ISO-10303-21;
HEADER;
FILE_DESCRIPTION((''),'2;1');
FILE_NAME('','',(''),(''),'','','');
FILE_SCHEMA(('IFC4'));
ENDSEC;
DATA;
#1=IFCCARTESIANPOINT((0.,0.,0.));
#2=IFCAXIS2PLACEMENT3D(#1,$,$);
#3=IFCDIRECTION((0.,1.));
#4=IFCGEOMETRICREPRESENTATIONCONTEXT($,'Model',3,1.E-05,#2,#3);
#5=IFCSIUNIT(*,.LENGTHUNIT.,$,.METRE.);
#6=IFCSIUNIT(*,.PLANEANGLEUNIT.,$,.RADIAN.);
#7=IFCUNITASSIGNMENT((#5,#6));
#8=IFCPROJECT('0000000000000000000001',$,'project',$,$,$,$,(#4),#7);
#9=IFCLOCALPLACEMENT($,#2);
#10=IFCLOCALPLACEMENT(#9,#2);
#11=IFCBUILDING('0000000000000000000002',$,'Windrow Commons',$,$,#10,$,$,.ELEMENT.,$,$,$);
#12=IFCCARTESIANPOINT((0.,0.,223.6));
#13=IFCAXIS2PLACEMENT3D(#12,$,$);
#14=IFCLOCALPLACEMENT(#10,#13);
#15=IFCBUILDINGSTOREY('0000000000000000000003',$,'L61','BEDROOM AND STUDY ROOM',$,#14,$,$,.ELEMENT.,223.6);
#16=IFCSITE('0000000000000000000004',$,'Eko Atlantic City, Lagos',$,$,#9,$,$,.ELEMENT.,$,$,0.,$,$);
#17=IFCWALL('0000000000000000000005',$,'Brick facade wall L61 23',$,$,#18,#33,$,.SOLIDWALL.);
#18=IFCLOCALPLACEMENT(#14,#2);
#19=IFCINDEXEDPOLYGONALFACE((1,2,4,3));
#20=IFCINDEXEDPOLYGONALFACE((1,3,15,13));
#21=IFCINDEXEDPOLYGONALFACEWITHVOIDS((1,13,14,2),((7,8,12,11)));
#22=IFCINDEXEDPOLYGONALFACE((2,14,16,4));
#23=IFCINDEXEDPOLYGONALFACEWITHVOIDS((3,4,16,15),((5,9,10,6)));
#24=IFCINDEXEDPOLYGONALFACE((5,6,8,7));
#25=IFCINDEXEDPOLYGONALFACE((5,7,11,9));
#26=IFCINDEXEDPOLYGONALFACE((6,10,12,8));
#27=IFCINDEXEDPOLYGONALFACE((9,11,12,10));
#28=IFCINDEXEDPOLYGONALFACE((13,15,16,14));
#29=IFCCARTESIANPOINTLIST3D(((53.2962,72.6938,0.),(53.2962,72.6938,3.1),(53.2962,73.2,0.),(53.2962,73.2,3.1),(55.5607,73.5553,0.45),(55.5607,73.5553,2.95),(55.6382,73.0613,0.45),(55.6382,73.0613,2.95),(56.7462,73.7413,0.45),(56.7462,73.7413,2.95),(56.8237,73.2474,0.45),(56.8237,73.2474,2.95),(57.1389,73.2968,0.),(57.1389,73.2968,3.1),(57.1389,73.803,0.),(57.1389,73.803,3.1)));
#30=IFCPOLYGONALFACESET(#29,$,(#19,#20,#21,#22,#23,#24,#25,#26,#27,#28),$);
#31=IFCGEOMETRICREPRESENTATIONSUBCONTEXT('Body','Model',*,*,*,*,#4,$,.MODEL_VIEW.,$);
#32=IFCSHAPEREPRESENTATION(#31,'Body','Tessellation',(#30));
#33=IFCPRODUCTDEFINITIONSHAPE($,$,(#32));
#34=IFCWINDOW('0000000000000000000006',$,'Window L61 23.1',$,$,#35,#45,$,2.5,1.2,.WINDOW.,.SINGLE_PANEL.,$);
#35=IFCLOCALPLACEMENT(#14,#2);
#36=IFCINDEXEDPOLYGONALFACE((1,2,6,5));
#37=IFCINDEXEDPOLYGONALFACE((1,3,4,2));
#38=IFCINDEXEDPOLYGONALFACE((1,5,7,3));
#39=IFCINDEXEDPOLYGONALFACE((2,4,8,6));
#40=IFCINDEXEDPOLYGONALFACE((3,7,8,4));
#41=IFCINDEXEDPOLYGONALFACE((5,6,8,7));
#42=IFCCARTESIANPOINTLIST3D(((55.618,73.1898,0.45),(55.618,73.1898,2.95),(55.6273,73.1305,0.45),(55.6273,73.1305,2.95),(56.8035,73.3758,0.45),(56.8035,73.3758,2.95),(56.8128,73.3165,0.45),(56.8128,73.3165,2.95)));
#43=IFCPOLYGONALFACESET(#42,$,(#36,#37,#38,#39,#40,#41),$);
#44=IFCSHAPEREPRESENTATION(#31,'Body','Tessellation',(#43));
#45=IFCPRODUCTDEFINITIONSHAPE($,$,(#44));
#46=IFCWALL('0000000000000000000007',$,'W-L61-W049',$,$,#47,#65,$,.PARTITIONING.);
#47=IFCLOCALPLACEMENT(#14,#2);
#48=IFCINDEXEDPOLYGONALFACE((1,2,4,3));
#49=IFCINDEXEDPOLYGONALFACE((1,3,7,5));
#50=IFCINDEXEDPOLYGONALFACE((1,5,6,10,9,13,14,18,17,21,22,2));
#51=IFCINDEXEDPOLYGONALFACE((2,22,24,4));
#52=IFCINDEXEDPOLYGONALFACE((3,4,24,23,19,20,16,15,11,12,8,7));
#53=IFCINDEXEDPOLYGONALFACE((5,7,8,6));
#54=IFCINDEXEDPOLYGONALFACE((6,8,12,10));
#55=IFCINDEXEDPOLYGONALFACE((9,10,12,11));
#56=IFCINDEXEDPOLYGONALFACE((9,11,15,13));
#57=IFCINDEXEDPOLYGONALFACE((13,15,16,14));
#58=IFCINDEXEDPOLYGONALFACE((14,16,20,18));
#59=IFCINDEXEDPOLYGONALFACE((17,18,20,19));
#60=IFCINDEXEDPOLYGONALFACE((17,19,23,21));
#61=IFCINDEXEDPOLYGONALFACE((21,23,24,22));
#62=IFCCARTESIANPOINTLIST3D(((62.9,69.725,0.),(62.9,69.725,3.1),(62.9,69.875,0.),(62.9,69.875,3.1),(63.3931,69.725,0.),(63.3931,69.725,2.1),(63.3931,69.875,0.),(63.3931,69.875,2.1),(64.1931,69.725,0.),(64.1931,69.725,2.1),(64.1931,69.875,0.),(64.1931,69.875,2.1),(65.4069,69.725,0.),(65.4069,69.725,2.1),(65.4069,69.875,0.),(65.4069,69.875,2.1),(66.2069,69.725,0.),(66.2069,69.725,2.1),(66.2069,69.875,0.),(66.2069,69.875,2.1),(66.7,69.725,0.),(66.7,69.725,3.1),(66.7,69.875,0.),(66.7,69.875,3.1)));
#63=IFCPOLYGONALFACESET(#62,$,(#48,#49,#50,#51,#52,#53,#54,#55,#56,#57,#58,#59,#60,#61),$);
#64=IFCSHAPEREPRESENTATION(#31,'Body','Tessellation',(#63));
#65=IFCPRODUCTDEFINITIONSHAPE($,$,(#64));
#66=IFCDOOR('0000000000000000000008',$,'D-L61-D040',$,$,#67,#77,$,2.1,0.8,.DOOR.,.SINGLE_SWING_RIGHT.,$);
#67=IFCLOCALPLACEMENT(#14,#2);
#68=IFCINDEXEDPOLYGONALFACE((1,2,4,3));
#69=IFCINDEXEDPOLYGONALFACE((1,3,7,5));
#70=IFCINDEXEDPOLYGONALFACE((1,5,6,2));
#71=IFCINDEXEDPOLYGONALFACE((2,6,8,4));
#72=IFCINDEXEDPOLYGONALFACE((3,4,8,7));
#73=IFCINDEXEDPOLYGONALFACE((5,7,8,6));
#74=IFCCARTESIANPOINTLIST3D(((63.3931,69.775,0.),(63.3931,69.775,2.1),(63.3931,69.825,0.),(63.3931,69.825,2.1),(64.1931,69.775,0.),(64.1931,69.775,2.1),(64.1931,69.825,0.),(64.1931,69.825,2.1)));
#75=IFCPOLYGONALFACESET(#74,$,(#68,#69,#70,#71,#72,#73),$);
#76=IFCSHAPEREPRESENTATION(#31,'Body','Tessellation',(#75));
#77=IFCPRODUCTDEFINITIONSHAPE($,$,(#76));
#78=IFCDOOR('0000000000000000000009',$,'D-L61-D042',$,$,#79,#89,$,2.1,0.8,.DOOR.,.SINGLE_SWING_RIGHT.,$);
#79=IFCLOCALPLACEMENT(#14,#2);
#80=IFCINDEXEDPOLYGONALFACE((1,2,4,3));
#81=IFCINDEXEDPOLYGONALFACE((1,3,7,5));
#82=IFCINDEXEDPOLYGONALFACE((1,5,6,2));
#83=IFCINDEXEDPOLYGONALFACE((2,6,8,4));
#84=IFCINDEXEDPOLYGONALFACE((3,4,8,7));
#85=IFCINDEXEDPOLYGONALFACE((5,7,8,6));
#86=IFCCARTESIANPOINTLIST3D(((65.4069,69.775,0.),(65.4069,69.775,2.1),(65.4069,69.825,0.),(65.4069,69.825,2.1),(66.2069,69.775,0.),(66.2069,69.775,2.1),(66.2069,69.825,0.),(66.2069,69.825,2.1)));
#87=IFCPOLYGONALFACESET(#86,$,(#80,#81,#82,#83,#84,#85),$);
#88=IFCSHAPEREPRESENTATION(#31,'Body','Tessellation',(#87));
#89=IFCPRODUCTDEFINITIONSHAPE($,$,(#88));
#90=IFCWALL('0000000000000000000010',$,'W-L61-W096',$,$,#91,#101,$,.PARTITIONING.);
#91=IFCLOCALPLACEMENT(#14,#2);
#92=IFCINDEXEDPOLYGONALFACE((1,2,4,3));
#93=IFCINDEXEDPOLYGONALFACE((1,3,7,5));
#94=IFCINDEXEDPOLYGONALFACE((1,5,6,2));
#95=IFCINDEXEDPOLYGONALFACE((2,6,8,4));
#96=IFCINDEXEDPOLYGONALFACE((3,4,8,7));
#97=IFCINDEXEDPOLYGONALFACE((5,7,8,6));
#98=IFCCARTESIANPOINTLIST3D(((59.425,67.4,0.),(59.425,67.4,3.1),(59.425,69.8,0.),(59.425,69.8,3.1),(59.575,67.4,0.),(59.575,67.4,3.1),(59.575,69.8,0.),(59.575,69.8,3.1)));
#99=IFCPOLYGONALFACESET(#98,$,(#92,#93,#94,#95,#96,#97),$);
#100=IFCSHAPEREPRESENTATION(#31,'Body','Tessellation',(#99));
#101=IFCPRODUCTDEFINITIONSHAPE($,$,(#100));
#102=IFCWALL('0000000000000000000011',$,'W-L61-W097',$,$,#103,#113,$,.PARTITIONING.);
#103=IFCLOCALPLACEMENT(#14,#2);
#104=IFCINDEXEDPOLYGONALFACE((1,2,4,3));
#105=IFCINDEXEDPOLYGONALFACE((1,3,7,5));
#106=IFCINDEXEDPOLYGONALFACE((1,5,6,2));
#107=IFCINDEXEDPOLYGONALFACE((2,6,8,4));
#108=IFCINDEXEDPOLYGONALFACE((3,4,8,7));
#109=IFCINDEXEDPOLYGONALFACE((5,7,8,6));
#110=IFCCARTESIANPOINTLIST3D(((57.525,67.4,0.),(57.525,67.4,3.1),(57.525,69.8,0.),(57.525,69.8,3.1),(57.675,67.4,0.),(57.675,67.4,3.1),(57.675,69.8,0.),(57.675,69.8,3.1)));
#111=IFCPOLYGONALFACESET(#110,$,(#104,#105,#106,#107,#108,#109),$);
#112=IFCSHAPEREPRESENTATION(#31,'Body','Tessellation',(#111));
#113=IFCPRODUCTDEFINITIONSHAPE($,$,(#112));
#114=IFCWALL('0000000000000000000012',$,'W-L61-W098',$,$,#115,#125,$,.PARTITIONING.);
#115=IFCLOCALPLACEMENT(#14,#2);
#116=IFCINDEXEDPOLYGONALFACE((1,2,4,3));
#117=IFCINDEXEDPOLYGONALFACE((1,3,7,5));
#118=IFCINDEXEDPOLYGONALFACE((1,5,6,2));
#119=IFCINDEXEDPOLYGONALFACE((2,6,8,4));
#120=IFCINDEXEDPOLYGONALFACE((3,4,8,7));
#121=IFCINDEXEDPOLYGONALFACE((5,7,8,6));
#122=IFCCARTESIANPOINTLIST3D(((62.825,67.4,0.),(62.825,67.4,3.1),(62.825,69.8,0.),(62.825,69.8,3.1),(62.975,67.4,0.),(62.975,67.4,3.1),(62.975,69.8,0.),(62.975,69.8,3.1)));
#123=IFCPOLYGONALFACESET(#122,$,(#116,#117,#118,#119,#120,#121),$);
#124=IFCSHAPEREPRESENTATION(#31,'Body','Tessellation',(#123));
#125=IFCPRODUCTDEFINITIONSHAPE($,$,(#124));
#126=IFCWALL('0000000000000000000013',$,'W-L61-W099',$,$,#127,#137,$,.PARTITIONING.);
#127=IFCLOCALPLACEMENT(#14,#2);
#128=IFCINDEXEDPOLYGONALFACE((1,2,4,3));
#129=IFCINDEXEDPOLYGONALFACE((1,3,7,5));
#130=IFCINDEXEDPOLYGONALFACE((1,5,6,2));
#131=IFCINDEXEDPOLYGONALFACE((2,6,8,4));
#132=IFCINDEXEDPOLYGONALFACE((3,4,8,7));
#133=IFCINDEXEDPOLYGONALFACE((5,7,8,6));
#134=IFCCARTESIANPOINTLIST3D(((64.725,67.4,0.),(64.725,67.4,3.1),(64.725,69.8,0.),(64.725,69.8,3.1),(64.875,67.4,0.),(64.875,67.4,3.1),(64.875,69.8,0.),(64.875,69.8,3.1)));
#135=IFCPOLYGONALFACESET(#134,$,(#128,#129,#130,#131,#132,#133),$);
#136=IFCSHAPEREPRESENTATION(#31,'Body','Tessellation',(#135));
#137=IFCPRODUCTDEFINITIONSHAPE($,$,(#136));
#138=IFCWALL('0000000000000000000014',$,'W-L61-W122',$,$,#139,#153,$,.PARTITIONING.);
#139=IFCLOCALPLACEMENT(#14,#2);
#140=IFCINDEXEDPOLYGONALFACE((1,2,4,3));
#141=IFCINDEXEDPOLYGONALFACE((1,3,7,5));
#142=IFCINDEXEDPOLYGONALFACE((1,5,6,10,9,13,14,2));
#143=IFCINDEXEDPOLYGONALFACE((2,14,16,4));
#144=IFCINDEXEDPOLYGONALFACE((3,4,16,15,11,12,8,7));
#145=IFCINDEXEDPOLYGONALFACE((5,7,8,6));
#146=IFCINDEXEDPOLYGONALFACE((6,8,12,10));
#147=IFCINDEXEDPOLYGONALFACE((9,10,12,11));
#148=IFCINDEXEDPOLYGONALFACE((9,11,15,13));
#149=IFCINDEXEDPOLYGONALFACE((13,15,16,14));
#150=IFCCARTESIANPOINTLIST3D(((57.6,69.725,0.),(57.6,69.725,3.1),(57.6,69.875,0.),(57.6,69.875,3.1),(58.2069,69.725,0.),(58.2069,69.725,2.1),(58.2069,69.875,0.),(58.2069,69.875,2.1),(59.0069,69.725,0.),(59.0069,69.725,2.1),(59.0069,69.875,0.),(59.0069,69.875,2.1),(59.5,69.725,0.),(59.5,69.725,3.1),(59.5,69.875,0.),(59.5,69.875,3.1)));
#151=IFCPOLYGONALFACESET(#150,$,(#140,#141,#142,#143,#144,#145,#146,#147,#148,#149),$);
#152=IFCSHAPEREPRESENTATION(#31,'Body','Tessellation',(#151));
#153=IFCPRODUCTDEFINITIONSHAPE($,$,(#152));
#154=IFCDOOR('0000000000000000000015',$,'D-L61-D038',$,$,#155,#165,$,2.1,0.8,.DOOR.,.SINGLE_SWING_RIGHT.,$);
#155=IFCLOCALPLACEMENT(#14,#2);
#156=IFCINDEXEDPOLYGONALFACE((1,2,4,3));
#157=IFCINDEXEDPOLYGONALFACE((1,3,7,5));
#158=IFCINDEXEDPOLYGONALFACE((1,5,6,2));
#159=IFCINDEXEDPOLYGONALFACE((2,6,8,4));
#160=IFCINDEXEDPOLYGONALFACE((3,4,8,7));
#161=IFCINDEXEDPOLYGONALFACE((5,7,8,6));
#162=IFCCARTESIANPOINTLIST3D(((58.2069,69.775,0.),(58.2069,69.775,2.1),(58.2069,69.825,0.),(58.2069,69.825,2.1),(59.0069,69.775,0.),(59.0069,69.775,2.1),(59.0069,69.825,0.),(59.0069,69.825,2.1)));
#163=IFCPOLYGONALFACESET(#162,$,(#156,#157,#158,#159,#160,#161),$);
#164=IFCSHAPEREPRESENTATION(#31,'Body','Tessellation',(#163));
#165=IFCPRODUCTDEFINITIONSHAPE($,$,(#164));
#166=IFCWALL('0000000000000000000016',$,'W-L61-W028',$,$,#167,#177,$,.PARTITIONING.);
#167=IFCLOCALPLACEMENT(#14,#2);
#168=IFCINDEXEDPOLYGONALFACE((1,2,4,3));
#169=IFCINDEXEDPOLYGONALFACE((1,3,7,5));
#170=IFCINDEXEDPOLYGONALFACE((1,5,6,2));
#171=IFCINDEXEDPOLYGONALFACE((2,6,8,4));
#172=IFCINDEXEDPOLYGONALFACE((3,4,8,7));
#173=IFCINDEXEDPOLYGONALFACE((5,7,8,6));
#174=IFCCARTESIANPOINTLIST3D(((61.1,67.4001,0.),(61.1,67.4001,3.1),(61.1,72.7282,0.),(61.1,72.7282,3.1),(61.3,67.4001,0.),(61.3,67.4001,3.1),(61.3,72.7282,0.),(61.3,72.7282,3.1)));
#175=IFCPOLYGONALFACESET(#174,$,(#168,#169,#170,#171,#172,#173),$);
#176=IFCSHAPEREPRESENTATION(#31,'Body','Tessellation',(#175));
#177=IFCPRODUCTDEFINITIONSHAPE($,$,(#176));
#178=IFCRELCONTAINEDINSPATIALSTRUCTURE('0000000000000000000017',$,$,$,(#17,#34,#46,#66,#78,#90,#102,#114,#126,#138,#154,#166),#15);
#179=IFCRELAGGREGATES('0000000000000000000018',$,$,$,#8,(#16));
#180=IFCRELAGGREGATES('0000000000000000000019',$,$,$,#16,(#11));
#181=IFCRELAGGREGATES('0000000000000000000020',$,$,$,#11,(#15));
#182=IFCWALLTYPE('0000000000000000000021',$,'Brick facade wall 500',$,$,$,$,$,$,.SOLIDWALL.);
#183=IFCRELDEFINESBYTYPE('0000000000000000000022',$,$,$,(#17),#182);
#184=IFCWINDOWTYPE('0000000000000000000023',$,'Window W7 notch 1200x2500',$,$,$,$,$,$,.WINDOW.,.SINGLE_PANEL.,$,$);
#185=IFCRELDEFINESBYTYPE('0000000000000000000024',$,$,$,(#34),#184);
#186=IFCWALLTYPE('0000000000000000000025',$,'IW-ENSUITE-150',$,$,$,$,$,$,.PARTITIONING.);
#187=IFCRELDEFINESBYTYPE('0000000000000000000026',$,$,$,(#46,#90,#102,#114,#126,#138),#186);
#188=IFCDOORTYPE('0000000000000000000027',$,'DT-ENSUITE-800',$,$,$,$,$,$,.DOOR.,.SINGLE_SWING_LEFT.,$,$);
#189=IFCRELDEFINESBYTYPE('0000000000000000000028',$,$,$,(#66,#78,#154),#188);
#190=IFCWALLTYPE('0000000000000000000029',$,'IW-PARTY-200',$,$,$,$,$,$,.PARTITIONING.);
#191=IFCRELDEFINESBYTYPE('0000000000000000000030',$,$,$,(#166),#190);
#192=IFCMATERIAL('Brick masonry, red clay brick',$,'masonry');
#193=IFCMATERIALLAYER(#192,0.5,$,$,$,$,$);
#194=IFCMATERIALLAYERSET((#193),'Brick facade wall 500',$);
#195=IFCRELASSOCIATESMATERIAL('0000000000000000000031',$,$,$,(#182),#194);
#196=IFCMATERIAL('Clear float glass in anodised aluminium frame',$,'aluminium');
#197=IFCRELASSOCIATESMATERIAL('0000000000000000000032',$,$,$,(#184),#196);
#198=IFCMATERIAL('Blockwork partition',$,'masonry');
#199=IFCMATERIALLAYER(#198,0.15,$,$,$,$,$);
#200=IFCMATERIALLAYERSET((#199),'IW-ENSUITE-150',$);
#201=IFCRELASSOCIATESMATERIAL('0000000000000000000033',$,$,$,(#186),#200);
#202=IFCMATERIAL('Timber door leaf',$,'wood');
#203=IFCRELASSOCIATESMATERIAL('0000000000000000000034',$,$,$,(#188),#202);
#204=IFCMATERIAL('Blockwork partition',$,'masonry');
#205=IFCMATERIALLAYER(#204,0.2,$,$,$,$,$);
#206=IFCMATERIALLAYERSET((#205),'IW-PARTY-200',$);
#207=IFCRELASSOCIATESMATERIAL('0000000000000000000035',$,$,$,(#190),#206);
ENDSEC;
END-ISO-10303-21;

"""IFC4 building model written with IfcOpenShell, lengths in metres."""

from ifc_helpers import new_model, si_unit, direction, frame, frame_2d, origin, place, context, subcontext, project, spatial, polyline, rectangle, outline, extrude, material, layer, layer_set, type_object, element, fill, save


model = new_model("IFC4")

# Units and contexts
model_context = context("Model", 3, precision=1e-05, world=origin(), true_north=direction((0.0, 1.0)))
body_context = subcontext(model_context, "Body", "Model", "MODEL_VIEW")
ifc_project = project(units=[si_unit("LENGTHUNIT", "METRE"), si_unit("PLANEANGLEUNIT", "RADIAN")], contexts=[model_context])

# Site, building, storey
site_placement = place(None, origin())
site = spatial("IfcSite", under=ifc_project, at=site_placement, Name="Eko Atlantic City, Lagos", CompositionType="ELEMENT", RefElevation=0.0)
building_placement = place(site_placement, origin())
building = spatial("IfcBuilding", under=site, at=building_placement, Name="Windrow Commons", CompositionType="ELEMENT")
storey_placement = place(building_placement, frame((0.0, 0.0, 223.6)))
storey = spatial("IfcBuildingStorey", under=building, at=storey_placement, Name="L61", Description="BEDROOM AND STUDY ROOM", CompositionType="ELEMENT", Elevation=223.6)

# Shared definitions
ifc_material_1 = material(Name="Brick masonry, red clay brick", Category="masonry")
ifc_layer_1 = layer(ifc_material_1, 0.5)
ifc_layer_set_1 = layer_set([ifc_layer_1], Name="Brick facade wall 500")
wall_type_1 = type_object("IfcWallType", Name="Brick facade wall 500", PredefinedType="SOLIDWALL", material=ifc_layer_set_1)

# Wall, opening, window
wall_1_placement = place(storey_placement, frame((57.1389, 73.5499, 0.0), z_axis=(0.0, 0.0, 1.0), x_axis=(-0.987911, -0.155024, 0.0)))
wall_1 = element("IfcWall", 1, at=wall_1_placement, inside=storey, type_object=wall_type_1, Name="Brick facade wall L61 23", PredefinedType="SOLIDWALL", context=body_context, shape_type="SweptSolid", body=[
    extrude(outline(polyline([(-0.0392, -0.25), (3.8505, -0.25), (3.929, 0.25), (0.0392, 0.25), (-0.0392, -0.25)])), origin(), (0.0, 0.0, 1.0), 3.1),
])
opening_1_placement = place(wall_1_placement, frame((0.3583, 0.0, 0.45)))
opening_1 = element("IfcOpeningElement", 2, at=opening_1_placement, cuts=wall_1, PredefinedType="OPENING", context=body_context, shape_type="SweptSolid", body=[
    extrude(rectangle(XDim=1.2, YDim=2.5, at=frame_2d((0.6, 1.25))), frame((0.0, 0.26, 0.0), z_axis=(0.0, -1.0, 0.0), x_axis=(1.0, 0.0, 0.0)), (0.0, 0.0, 1.0), 0.52),
])
ifc_material_2 = material(Name="Clear float glass in anodised aluminium frame", Category="aluminium")
window_type_1 = type_object("IfcWindowType", Name="Window W7 notch 1200x2500", PartitioningType="SINGLE_PANEL", PredefinedType="WINDOW", material=ifc_material_2)
window_1_placement = place(opening_1_placement, origin())
window_1 = element("IfcWindow", 3, at=window_1_placement, inside=storey, type_object=window_type_1, Name="Window L61 23.1", OverallHeight=2.5, OverallWidth=1.2, PartitioningType="SINGLE_PANEL", PredefinedType="WINDOW", context=body_context, shape_type="SweptSolid", body=[
    extrude(rectangle(XDim=1.2, YDim=2.5, at=frame_2d((0.6, 1.25))), frame((0.0, 0.18, 0.0), z_axis=(0.0, -1.0, 0.0), x_axis=(1.0, 0.0, 0.0)), (0.0, 0.0, 1.0), 0.06),
])
fill(opening_1, window_1)

# Wall, openings, doors
ifc_material_3 = material(Name="Blockwork partition", Category="masonry")
ifc_layer_2 = layer(ifc_material_3, 0.15)
ifc_layer_set_2 = layer_set([ifc_layer_2], Name="IW-ENSUITE-150")
wall_type_2 = type_object("IfcWallType", Name="IW-ENSUITE-150", PredefinedType="PARTITIONING", material=ifc_layer_set_2)
wall_2_placement = place(storey_placement, frame((62.9, 69.8, 0.0), z_axis=(0.0, 0.0, 1.0), x_axis=(1.0, 0.0, 0.0)))
wall_2 = element("IfcWall", 4, at=wall_2_placement, inside=storey, type_object=wall_type_2, Name="W-L61-W049", PredefinedType="PARTITIONING", context=body_context, shape_type="SweptSolid", body=[
    extrude(rectangle(XDim=3.8, YDim=0.15, at=frame_2d((1.9, 0.0))), origin(), (0.0, 0.0, 1.0), 3.1),
])
opening_2_placement = place(wall_2_placement, frame((0.4931, 0.0, 0.0)))
opening_2 = element("IfcOpeningElement", 5, at=opening_2_placement, cuts=wall_2, PredefinedType="OPENING", context=body_context, shape_type="SweptSolid", body=[
    extrude(rectangle(XDim=0.8, YDim=2.1, at=frame_2d((0.4, 1.05))), frame((0.0, 0.085, 0.0), z_axis=(0.0, -1.0, 0.0), x_axis=(1.0, 0.0, 0.0)), (0.0, 0.0, 1.0), 0.17),
])
opening_3_placement = place(wall_2_placement, frame((2.5069, 0.0, 0.0)))
opening_3 = element("IfcOpeningElement", 6, at=opening_3_placement, cuts=wall_2, PredefinedType="OPENING", context=body_context, shape_type="SweptSolid", body=[
    extrude(rectangle(XDim=0.8, YDim=2.1, at=frame_2d((0.4, 1.05))), frame((0.0, 0.085, 0.0), z_axis=(0.0, -1.0, 0.0), x_axis=(1.0, 0.0, 0.0)), (0.0, 0.0, 1.0), 0.17),
])
ifc_material_4 = material(Name="Timber door leaf", Category="wood")
door_type = type_object("IfcDoorType", Name="DT-ENSUITE-800", OperationType="SINGLE_SWING_LEFT", PredefinedType="DOOR", material=ifc_material_4)
door_1_placement = place(opening_2_placement, origin())
door_1 = element("IfcDoor", 7, at=door_1_placement, inside=storey, type_object=door_type, Name="D-L61-D040", OperationType="SINGLE_SWING_RIGHT", OverallHeight=2.1, OverallWidth=0.8, PredefinedType="DOOR", context=body_context, shape_type="SweptSolid", body=[
    extrude(rectangle(XDim=0.8, YDim=2.1, at=frame_2d((0.4, 1.05))), frame((0.0, 0.025, 0.0), z_axis=(0.0, -1.0, 0.0), x_axis=(1.0, 0.0, 0.0)), (0.0, 0.0, 1.0), 0.05),
])
fill(opening_2, door_1)
door_2_placement = place(opening_3_placement, origin())
door_2 = element("IfcDoor", 8, at=door_2_placement, inside=storey, type_object=door_type, Name="D-L61-D042", OperationType="SINGLE_SWING_RIGHT", OverallHeight=2.1, OverallWidth=0.8, PredefinedType="DOOR", context=body_context, shape_type="SweptSolid", body=[
    extrude(rectangle(XDim=0.8, YDim=2.1, at=frame_2d((0.4, 1.05))), frame((0.0, 0.025, 0.0), z_axis=(0.0, -1.0, 0.0), x_axis=(1.0, 0.0, 0.0)), (0.0, 0.0, 1.0), 0.05),
])
fill(opening_3, door_2)

# Walls
for number, where, z_axis, x_axis, name in (
    (9, (59.5, 67.4, 0.0), (0.0, 0.0, 1.0), (0.0, 1.0, 0.0), "W-L61-W096"),
    (10, (57.6, 67.4, 0.0), (0.0, 0.0, 1.0), (0.0, 1.0, 0.0), "W-L61-W097"),
    (11, (62.9, 67.4, 0.0), (0.0, 0.0, 1.0), (0.0, 1.0, 0.0), "W-L61-W098"),
    (12, (64.8, 67.4, 0.0), (0.0, 0.0, 1.0), (0.0, 1.0, 0.0), "W-L61-W099"),
):
    element("IfcWall", number, at=place(storey_placement, frame(where, z_axis=z_axis, x_axis=x_axis)), inside=storey, type_object=wall_type_2, Name=name, PredefinedType="PARTITIONING", context=body_context, shape_type="SweptSolid", body=[
        extrude(rectangle(XDim=2.4, YDim=0.15, at=frame_2d((1.2, 0.0))), origin(), (0.0, 0.0, 1.0), 3.1),
    ])

# Wall, opening, door
wall_3_placement = place(storey_placement, frame((57.6, 69.8, 0.0), z_axis=(0.0, 0.0, 1.0), x_axis=(1.0, 0.0, 0.0)))
wall_3 = element("IfcWall", 13, at=wall_3_placement, inside=storey, type_object=wall_type_2, Name="W-L61-W122", PredefinedType="PARTITIONING", context=body_context, shape_type="SweptSolid", body=[
    extrude(rectangle(XDim=1.9, YDim=0.15, at=frame_2d((0.95, 0.0))), origin(), (0.0, 0.0, 1.0), 3.1),
])
opening_4_placement = place(wall_3_placement, frame((0.6069, 0.0, 0.0)))
opening_4 = element("IfcOpeningElement", 14, at=opening_4_placement, cuts=wall_3, PredefinedType="OPENING", context=body_context, shape_type="SweptSolid", body=[
    extrude(rectangle(XDim=0.8, YDim=2.1, at=frame_2d((0.4, 1.05))), frame((0.0, 0.085, 0.0), z_axis=(0.0, -1.0, 0.0), x_axis=(1.0, 0.0, 0.0)), (0.0, 0.0, 1.0), 0.17),
])
door_3_placement = place(opening_4_placement, origin())
door_3 = element("IfcDoor", 15, at=door_3_placement, inside=storey, type_object=door_type, Name="D-L61-D038", OperationType="SINGLE_SWING_RIGHT", OverallHeight=2.1, OverallWidth=0.8, PredefinedType="DOOR", context=body_context, shape_type="SweptSolid", body=[
    extrude(rectangle(XDim=0.8, YDim=2.1, at=frame_2d((0.4, 1.05))), frame((0.0, 0.025, 0.0), z_axis=(0.0, -1.0, 0.0), x_axis=(1.0, 0.0, 0.0)), (0.0, 0.0, 1.0), 0.05),
])
fill(opening_4, door_3)

# Wall
ifc_material_5 = material(Name="Blockwork partition", Category="masonry")
ifc_layer_3 = layer(ifc_material_5, 0.2)
ifc_layer_set_3 = layer_set([ifc_layer_3], Name="IW-PARTY-200")
wall_type_3 = type_object("IfcWallType", Name="IW-PARTY-200", PredefinedType="PARTITIONING", material=ifc_layer_set_3)
wall_4_placement = place(storey_placement, frame((61.2, 67.4, 0.0), z_axis=(0.0, 0.0, 1.0), x_axis=(0.0, 1.0, 0.0)))
element("IfcWall", 16, at=wall_4_placement, inside=storey, type_object=wall_type_3, Name="W-L61-W028", PredefinedType="PARTITIONING", context=body_context, shape_type="SweptSolid", body=[
    extrude(rectangle(XDim=5.3281, YDim=0.2, at=frame_2d((2.6641, 0.0))), origin(), (0.0, 0.0, 1.0), 3.1),
])

save(model, "model.ifc")
